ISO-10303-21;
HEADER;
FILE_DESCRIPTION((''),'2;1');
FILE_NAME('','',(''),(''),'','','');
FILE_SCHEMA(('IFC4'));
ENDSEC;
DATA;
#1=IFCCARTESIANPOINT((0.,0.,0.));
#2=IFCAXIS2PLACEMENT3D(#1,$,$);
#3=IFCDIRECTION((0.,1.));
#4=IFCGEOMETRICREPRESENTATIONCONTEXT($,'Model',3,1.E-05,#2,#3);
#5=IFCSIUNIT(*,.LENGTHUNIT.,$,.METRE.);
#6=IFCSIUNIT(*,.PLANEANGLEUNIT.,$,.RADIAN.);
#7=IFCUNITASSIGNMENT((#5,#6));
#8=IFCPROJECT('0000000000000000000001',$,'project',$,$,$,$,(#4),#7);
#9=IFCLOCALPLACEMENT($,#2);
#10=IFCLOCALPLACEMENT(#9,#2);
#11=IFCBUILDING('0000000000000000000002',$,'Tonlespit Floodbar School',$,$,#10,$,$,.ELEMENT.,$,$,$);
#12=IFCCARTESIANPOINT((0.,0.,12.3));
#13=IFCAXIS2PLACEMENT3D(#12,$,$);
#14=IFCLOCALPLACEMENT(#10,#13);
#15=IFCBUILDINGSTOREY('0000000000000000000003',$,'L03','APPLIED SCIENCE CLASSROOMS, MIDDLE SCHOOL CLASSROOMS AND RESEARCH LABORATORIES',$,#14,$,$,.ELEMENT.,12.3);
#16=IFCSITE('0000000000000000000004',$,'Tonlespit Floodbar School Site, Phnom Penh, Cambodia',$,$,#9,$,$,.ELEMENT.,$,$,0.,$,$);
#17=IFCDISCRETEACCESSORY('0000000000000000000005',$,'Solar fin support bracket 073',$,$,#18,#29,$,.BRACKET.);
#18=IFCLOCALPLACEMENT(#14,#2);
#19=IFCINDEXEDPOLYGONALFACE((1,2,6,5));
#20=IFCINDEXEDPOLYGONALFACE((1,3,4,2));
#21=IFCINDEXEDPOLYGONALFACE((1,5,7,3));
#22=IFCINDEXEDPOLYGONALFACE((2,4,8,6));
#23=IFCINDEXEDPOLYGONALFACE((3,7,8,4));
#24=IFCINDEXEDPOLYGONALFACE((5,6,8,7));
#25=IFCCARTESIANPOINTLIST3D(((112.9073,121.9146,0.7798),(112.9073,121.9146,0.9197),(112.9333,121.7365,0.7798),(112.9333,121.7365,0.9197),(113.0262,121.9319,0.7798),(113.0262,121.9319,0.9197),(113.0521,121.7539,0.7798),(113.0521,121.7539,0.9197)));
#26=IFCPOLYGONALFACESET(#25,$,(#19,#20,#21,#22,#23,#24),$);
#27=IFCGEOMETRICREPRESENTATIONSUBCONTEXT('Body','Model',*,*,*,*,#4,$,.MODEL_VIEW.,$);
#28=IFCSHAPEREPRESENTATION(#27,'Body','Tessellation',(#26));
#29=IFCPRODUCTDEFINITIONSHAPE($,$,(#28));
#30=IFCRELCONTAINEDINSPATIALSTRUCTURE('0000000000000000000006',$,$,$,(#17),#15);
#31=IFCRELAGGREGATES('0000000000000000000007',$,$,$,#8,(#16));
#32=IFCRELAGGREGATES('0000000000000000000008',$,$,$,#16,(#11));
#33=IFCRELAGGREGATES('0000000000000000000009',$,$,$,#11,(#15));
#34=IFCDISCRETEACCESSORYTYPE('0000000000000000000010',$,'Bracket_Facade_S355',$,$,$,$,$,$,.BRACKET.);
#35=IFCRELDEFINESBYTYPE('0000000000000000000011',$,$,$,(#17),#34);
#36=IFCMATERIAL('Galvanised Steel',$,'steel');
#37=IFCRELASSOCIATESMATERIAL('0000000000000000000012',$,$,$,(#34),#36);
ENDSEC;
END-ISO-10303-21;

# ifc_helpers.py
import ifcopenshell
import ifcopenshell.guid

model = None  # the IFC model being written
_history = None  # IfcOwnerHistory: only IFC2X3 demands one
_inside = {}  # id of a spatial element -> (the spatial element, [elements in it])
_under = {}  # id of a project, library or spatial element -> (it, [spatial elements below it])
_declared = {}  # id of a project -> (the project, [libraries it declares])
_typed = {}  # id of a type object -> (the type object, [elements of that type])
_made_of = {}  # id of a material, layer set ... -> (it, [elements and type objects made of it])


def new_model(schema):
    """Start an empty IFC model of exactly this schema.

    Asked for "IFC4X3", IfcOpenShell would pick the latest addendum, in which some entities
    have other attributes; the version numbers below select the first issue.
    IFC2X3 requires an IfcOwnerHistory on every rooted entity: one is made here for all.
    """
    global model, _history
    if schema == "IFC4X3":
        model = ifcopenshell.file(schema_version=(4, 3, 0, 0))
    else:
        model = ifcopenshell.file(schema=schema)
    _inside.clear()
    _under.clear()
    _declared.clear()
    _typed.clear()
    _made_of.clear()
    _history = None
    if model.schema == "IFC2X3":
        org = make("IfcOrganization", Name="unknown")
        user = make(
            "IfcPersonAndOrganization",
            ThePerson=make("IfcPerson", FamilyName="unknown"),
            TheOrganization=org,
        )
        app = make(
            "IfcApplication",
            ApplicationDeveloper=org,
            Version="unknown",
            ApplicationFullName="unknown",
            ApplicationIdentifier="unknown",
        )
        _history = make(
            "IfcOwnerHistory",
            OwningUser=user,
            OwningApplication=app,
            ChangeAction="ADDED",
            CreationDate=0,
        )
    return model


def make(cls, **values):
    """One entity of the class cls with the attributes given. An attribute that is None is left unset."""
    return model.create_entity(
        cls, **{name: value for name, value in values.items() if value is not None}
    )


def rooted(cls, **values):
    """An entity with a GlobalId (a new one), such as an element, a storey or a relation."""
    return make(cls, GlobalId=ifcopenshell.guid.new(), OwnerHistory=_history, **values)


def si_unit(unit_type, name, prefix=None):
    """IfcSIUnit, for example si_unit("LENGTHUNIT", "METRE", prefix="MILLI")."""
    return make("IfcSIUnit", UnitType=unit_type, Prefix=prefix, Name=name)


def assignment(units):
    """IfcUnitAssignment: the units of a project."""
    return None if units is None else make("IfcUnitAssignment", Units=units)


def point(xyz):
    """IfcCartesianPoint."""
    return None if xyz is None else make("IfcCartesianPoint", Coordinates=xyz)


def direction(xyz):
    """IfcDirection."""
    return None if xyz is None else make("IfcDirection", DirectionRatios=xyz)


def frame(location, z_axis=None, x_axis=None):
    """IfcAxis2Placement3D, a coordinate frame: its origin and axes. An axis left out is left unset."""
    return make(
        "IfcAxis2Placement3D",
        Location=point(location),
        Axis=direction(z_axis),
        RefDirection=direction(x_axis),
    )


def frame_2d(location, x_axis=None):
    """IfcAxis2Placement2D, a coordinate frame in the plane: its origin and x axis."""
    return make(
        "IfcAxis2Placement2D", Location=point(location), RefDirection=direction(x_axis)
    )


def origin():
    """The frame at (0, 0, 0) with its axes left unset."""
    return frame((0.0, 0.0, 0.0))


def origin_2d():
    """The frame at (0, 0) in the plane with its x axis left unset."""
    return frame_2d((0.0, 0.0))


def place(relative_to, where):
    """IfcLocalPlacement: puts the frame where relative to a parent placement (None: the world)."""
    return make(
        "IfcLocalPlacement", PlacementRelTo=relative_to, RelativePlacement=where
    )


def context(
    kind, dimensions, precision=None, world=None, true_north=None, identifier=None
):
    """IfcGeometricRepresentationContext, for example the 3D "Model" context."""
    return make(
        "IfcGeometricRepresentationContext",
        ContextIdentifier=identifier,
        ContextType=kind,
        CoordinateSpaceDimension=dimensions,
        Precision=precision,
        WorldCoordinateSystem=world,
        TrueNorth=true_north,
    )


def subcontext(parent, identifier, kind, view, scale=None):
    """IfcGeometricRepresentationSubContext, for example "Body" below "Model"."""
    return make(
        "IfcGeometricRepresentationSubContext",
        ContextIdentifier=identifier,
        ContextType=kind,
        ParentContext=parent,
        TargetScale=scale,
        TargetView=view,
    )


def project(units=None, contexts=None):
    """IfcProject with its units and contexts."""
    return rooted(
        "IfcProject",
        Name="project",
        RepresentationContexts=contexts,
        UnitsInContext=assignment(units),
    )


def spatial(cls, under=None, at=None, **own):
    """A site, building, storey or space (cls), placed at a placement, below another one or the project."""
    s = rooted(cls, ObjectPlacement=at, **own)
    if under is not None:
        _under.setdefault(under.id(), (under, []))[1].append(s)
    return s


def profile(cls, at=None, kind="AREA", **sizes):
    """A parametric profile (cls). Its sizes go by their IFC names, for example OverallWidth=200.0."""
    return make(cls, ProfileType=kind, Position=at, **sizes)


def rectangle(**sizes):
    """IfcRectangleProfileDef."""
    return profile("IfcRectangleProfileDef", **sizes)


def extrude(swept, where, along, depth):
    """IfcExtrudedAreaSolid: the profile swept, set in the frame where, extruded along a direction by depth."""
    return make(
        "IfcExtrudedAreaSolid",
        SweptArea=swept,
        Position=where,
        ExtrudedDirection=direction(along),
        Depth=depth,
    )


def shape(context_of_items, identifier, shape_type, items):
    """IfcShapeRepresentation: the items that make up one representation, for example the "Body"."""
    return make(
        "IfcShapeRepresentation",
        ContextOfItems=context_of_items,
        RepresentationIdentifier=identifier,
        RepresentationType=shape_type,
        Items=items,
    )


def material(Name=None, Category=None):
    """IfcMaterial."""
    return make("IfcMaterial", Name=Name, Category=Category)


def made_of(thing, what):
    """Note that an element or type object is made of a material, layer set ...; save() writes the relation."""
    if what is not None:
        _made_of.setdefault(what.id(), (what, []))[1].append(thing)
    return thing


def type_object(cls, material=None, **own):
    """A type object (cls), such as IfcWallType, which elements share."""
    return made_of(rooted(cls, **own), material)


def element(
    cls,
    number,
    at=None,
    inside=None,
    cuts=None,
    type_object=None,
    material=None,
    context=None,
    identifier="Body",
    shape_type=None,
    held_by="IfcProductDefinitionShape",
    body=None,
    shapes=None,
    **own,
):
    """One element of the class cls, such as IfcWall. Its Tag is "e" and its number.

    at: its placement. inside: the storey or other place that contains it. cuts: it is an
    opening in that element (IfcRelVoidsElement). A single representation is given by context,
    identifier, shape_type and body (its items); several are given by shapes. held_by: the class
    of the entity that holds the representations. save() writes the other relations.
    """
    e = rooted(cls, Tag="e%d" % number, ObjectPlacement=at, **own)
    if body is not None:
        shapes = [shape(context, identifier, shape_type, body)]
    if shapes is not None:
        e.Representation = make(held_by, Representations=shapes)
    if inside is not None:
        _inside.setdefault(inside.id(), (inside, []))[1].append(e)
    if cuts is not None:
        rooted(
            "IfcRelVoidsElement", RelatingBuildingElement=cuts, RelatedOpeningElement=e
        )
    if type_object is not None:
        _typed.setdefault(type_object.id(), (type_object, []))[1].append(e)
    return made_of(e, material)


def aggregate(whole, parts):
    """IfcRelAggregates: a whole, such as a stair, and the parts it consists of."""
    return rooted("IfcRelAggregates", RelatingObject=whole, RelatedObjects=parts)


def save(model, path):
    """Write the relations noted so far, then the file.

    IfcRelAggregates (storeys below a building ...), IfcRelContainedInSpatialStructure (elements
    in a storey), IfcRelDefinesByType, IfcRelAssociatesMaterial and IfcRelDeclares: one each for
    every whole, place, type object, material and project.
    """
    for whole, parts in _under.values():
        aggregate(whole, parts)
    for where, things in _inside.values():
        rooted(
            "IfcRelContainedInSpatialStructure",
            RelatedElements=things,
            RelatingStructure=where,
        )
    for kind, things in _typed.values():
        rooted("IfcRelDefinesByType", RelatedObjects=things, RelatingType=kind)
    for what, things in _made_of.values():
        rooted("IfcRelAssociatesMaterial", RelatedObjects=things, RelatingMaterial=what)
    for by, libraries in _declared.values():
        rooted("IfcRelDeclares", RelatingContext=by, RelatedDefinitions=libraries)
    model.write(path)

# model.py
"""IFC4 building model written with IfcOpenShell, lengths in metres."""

from ifc_helpers import new_model, si_unit, direction, frame, origin, origin_2d, place, context, subcontext, project, spatial, rectangle, extrude, material, type_object, element, save


model = new_model("IFC4")

# Units and contexts
model_context = context("Model", 3, precision=1e-05, world=origin(), true_north=direction((0.0, 1.0)))
body_context = subcontext(model_context, "Body", "Model", "MODEL_VIEW")
ifc_project = project(units=[si_unit("LENGTHUNIT", "METRE"), si_unit("PLANEANGLEUNIT", "RADIAN")], contexts=[model_context])

# Site, building, storey
site_placement = place(None, origin())
site = spatial("IfcSite", under=ifc_project, at=site_placement, Name="Tonlespit Floodbar School Site, Phnom Penh, Cambodia", CompositionType="ELEMENT", RefElevation=0.0)
building_placement = place(site_placement, origin())
building = spatial("IfcBuilding", under=site, at=building_placement, Name="Tonlespit Floodbar School", CompositionType="ELEMENT")
storey_placement = place(building_placement, frame((0.0, 0.0, 12.3)))
storey = spatial("IfcBuildingStorey", under=building, at=storey_placement, Name="L03", Description="APPLIED SCIENCE CLASSROOMS, MIDDLE SCHOOL CLASSROOMS AND RESEARCH LABORATORIES", CompositionType="ELEMENT", Elevation=12.3)

# Discrete accessory
ifc_material_1 = material(Name="Galvanised Steel", Category="steel")
discrete_accessory_type = type_object("IfcDiscreteAccessoryType", Name="Bracket_Facade_S355", PredefinedType="BRACKET", material=ifc_material_1)
discrete_accessory_1_placement = place(storey_placement, frame((112.9797, 121.8342, 0.7798), z_axis=(0.0, 0.0, 1.0), x_axis=(0.989538, 0.144275, 0.0)))
element("IfcDiscreteAccessory", 1, at=discrete_accessory_1_placement, inside=storey, type_object=discrete_accessory_type, Name="Solar fin support bracket 073", PredefinedType="BRACKET", context=body_context, shape_type="SweptSolid", body=[
    extrude(rectangle(XDim=0.1201, YDim=0.1799, at=origin_2d()), origin(), (0.0, 0.0, 1.0), 0.1399),
])

save(model, "model.ifc")
